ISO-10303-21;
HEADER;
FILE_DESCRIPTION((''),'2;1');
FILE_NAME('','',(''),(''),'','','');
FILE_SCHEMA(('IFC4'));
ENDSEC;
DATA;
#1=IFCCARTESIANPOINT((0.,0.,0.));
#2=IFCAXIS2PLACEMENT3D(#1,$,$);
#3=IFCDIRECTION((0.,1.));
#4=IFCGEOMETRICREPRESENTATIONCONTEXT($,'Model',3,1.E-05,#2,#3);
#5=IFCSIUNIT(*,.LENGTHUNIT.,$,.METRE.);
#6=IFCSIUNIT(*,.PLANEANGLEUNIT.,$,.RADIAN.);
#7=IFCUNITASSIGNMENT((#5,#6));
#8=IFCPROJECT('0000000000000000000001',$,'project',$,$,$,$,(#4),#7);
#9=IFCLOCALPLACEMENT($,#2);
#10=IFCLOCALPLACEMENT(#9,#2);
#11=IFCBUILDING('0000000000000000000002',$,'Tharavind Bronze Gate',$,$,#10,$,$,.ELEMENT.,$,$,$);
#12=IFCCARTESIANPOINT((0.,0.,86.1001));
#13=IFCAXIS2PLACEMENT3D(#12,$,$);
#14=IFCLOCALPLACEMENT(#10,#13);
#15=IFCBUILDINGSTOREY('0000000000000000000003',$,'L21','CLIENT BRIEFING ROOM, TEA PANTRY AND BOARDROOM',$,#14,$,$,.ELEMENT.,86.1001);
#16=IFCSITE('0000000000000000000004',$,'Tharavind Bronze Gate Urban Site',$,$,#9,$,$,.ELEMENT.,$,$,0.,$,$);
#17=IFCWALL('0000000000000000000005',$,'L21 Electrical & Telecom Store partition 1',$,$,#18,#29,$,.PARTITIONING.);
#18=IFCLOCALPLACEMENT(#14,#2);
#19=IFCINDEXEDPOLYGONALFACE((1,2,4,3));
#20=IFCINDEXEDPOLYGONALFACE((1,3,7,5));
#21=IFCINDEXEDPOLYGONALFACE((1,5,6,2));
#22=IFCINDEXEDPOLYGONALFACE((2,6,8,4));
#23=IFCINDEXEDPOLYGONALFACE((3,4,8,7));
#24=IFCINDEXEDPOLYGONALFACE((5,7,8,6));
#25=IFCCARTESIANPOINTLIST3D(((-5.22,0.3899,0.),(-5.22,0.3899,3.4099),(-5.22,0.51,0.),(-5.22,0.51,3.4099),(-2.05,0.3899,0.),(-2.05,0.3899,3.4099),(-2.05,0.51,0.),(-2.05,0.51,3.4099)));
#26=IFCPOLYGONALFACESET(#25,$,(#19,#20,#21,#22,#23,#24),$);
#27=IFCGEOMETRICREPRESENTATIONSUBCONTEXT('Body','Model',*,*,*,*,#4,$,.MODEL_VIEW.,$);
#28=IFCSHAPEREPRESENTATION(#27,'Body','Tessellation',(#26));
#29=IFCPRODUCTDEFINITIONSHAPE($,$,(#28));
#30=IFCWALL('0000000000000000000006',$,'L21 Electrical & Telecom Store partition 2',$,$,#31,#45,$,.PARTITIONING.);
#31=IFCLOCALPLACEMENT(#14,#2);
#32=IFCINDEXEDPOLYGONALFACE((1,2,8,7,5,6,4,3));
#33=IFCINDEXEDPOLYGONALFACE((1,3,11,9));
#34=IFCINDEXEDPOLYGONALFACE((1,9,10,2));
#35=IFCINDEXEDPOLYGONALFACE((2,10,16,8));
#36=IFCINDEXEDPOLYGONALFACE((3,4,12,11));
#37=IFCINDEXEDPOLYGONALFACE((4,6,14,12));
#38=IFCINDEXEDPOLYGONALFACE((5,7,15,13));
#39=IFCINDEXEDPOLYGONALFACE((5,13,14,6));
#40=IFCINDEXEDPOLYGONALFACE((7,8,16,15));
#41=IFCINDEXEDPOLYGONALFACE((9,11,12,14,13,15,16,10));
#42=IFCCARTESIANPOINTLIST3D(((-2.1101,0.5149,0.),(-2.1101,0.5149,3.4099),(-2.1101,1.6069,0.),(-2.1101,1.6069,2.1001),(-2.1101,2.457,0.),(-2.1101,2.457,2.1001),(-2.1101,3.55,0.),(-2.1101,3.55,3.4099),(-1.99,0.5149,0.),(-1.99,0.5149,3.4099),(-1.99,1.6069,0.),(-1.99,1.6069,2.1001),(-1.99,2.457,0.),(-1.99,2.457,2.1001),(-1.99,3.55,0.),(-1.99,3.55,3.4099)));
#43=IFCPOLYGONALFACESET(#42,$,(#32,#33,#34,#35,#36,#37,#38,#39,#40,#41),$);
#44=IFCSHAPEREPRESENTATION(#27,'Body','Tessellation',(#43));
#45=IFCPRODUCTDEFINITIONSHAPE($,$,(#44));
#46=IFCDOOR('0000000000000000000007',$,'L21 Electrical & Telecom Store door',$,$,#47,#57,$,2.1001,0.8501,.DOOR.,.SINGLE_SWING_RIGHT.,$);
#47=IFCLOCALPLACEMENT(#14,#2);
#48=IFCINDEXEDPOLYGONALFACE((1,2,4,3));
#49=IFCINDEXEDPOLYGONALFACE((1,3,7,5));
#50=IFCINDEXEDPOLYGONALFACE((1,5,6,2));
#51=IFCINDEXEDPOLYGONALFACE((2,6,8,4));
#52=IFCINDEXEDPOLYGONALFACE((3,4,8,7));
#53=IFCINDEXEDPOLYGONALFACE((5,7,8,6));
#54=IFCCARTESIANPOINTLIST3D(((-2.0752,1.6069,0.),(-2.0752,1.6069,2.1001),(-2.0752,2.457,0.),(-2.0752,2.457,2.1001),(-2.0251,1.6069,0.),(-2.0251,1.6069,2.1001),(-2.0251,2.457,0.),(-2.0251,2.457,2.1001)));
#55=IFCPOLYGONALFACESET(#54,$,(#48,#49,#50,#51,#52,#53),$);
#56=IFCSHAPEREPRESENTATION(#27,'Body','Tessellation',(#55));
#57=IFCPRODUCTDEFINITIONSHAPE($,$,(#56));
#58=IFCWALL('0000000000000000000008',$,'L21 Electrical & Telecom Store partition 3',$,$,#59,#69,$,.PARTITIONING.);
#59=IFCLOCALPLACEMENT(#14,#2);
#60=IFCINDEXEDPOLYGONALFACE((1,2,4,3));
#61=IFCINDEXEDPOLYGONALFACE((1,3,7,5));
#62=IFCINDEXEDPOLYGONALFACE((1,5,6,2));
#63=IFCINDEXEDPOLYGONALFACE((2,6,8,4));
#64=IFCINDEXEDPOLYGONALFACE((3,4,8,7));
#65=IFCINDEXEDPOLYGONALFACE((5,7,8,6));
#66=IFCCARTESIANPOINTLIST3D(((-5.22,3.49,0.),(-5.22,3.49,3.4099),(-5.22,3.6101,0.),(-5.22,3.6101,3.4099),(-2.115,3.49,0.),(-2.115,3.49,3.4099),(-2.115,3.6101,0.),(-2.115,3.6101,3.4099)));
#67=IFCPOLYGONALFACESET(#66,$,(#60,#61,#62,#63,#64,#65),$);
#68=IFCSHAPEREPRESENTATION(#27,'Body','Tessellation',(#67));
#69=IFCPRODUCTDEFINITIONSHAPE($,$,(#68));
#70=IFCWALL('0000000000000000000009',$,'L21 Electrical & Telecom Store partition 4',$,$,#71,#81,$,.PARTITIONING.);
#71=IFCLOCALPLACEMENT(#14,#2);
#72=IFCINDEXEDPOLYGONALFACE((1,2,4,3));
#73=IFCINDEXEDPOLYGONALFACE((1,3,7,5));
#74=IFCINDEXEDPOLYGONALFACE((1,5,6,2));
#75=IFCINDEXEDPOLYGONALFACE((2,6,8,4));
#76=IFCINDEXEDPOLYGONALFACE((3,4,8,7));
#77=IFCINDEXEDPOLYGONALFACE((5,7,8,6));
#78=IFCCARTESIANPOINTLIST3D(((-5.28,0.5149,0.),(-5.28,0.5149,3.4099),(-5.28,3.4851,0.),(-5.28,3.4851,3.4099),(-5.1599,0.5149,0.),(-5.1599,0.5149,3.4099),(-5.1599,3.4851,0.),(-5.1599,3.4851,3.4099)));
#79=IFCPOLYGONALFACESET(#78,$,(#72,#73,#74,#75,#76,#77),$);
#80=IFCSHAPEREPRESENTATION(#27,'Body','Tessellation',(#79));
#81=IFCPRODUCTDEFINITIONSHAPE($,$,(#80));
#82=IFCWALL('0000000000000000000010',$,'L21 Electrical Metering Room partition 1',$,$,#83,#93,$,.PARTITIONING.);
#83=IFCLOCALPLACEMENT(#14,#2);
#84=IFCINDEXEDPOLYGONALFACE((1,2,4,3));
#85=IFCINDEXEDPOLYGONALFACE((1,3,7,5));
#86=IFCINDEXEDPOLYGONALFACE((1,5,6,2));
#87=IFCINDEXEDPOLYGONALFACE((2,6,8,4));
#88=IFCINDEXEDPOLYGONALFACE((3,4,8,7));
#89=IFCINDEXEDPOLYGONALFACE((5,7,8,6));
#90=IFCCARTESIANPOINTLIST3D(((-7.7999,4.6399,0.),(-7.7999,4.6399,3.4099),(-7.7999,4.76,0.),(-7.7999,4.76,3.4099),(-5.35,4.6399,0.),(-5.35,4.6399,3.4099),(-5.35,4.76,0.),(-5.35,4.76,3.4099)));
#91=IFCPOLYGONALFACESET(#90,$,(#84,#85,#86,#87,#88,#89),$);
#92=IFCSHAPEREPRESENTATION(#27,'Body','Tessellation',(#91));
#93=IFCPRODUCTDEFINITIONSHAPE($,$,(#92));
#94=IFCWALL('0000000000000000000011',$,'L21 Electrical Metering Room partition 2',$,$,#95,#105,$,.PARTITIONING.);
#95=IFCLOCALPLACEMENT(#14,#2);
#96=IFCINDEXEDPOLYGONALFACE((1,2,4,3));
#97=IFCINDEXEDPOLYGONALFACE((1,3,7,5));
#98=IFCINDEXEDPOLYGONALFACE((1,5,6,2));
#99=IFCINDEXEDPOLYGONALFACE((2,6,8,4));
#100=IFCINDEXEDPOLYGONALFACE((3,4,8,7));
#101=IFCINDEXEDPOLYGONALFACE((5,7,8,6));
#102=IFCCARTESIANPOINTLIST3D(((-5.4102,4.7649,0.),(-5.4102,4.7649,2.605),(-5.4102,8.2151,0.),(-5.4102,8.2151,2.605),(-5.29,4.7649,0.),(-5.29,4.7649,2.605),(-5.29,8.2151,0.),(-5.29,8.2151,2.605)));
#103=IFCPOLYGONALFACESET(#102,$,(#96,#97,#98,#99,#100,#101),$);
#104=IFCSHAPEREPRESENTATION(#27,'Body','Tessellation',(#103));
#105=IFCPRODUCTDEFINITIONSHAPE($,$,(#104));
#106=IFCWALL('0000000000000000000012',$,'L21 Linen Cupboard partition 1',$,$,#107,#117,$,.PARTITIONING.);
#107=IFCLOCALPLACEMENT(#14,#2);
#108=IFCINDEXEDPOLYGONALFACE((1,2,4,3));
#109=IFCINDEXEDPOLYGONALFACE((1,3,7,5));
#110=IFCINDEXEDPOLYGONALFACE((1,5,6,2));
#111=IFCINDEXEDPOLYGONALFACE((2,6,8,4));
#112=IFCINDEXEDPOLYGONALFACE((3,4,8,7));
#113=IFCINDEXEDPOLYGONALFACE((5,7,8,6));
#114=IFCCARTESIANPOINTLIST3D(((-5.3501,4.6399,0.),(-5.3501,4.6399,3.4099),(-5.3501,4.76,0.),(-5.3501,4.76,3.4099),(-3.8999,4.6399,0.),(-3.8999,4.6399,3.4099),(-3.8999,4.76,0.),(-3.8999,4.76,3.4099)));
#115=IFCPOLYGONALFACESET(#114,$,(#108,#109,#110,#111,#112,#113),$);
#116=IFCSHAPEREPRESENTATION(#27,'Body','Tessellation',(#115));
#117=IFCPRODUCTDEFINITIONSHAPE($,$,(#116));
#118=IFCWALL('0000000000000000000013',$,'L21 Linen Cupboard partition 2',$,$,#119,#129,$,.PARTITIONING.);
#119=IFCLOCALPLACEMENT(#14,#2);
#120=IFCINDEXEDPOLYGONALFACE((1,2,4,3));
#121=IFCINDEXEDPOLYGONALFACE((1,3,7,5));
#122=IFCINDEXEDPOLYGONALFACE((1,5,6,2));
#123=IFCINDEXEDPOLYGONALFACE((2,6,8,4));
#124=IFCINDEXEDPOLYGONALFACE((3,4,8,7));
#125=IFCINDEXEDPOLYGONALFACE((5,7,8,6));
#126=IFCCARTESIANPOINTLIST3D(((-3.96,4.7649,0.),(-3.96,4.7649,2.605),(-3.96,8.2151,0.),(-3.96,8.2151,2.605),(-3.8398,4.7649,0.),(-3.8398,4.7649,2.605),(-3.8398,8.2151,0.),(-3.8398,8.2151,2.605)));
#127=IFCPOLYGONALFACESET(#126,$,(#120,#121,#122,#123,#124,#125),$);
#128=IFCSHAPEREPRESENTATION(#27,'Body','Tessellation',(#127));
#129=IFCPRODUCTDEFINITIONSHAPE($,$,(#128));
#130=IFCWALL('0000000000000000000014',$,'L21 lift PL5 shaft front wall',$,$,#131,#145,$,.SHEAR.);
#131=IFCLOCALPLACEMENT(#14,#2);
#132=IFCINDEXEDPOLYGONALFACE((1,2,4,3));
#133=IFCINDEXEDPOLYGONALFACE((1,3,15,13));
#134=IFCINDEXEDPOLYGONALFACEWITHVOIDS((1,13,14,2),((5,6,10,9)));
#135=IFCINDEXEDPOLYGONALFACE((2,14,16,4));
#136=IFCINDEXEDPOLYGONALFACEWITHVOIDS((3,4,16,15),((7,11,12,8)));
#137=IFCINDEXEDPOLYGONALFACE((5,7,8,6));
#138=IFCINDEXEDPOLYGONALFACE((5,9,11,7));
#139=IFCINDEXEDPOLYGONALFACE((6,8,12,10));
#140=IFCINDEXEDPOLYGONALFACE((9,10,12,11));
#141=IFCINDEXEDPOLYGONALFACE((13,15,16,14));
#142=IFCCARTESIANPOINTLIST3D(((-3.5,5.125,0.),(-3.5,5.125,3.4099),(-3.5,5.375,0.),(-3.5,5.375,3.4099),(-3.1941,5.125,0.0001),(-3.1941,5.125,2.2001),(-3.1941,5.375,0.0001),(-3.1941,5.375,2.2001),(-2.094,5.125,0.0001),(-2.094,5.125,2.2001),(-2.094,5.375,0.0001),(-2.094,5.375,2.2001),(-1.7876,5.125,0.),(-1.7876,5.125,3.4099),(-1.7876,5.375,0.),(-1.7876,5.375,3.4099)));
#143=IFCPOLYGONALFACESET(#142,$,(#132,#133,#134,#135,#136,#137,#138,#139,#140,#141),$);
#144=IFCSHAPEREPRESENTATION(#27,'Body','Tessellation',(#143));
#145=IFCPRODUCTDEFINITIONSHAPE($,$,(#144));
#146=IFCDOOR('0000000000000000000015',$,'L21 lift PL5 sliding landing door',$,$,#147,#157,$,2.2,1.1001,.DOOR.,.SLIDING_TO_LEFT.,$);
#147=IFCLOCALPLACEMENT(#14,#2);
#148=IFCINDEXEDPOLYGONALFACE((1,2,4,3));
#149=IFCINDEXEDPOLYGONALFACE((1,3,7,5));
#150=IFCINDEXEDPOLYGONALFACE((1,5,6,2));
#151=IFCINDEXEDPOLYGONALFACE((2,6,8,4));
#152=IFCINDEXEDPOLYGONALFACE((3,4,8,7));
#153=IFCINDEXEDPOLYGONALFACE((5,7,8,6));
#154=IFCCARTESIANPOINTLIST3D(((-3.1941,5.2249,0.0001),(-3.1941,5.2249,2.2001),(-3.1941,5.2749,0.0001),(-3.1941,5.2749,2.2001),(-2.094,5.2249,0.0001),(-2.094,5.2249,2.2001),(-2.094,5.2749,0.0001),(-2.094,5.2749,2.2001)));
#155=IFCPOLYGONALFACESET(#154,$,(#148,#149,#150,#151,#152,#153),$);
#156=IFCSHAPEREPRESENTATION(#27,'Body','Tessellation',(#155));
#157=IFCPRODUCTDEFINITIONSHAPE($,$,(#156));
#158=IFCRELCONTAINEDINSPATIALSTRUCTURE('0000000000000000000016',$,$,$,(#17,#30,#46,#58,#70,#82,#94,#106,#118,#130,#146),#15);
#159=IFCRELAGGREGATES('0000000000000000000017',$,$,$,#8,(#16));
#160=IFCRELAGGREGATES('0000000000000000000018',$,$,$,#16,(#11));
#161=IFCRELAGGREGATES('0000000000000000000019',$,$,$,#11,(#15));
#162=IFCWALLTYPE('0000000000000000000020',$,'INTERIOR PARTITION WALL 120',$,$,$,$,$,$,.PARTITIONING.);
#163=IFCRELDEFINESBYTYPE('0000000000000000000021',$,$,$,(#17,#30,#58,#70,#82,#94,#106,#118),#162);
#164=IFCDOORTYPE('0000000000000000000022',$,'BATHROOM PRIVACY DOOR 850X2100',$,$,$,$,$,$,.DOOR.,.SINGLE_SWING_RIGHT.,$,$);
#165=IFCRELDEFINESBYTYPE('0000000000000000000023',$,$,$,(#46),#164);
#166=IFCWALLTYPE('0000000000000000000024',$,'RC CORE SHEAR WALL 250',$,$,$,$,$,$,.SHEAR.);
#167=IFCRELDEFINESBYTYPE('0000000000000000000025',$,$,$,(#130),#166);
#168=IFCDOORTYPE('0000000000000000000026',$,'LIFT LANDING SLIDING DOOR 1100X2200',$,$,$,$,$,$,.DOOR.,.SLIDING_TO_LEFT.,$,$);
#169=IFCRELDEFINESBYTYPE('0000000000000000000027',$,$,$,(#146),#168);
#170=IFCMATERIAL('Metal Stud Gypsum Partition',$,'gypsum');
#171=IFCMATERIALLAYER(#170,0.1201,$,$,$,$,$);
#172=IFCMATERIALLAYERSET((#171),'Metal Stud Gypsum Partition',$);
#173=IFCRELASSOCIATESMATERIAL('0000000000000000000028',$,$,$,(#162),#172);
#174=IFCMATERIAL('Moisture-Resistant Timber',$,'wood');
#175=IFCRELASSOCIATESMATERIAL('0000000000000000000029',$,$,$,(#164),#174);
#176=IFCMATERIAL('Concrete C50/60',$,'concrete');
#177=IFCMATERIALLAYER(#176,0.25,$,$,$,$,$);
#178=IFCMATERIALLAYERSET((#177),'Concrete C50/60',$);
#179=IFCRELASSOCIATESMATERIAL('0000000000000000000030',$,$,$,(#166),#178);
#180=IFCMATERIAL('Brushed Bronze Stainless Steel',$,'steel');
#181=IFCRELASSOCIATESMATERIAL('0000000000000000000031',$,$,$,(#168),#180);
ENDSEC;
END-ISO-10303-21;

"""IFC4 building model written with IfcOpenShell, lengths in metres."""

from ifc_helpers import new_model, si_unit, direction, frame, frame_2d, origin, place, context, subcontext, project, spatial, rectangle, extrude, material, layer, layer_set, type_object, element, fill, save


model = new_model("IFC4")

# Units and contexts
model_context = context("Model", 3, precision=1e-05, world=origin(), true_north=direction((0.0, 1.0)))
body_context = subcontext(model_context, "Body", "Model", "MODEL_VIEW")
ifc_project = project(units=[si_unit("LENGTHUNIT", "METRE"), si_unit("PLANEANGLEUNIT", "RADIAN")], contexts=[model_context])

# Site, building, storey
site_placement = place(None, origin())
site = spatial("IfcSite", under=ifc_project, at=site_placement, Name="Tharavind Bronze Gate Urban Site", CompositionType="ELEMENT", RefElevation=0.0)
building_placement = place(site_placement, origin())
building = spatial("IfcBuilding", under=site, at=building_placement, Name="Tharavind Bronze Gate", CompositionType="ELEMENT")
storey_placement = place(building_placement, frame((0.0, 0.0, 86.1001)))
storey = spatial("IfcBuildingStorey", under=building, at=storey_placement, Name="L21", Description="CLIENT BRIEFING ROOM, TEA PANTRY AND BOARDROOM", CompositionType="ELEMENT", Elevation=86.1001)

# Wall
ifc_material_1 = material(Name="Metal Stud Gypsum Partition", Category="gypsum")
ifc_layer_1 = layer(ifc_material_1, 0.1201)
ifc_layer_set_1 = layer_set([ifc_layer_1], Name="Metal Stud Gypsum Partition")
wall_type_1 = type_object("IfcWallType", Name="INTERIOR PARTITION WALL 120", PredefinedType="PARTITIONING", material=ifc_layer_set_1)
wall_1_placement = place(storey_placement, frame((-5.22, 0.45, 0.0), z_axis=(0.0, 0.0, 1.0), x_axis=(1.0, 0.0, 0.0)))
element("IfcWall", 1, at=wall_1_placement, inside=storey, type_object=wall_type_1, Name="L21 Electrical & Telecom Store partition 1", PredefinedType="PARTITIONING", context=body_context, shape_type="SweptSolid", body=[
    extrude(rectangle(XDim=3.1699, YDim=0.1201, at=frame_2d((1.585, 0.0))), origin(), (0.0, 0.0, 1.0), 3.4099),
])

# Wall, opening, door
wall_2_placement = place(storey_placement, frame((-2.05, 0.5149, 0.0), z_axis=(0.0, 0.0, 1.0), x_axis=(0.0, 1.0, 0.0)))
wall_2 = element("IfcWall", 2, at=wall_2_placement, inside=storey, type_object=wall_type_1, Name="L21 Electrical & Telecom Store partition 2", PredefinedType="PARTITIONING", context=body_context, shape_type="SweptSolid", body=[
    extrude(rectangle(XDim=3.0352, YDim=0.1201, at=frame_2d((1.5176, 0.0))), origin(), (0.0, 0.0, 1.0), 3.4099),
])
opening_1_placement = place(wall_2_placement, frame((1.092, 0.0, 0.0)))
opening_1 = element("IfcOpeningElement", 3, at=opening_1_placement, cuts=wall_2, PredefinedType="OPENING", context=body_context, shape_type="SweptSolid", body=[
    extrude(rectangle(XDim=0.8501, YDim=2.1001, at=frame_2d((0.425, 1.05))), frame((0.0, 0.0701, 0.0), z_axis=(0.0, -1.0, 0.0), x_axis=(1.0, 0.0, 0.0)), (0.0, 0.0, 1.0), 0.1401),
])
ifc_material_2 = material(Name="Moisture-Resistant Timber", Category="wood")
door_type_1 = type_object("IfcDoorType", Name="BATHROOM PRIVACY DOOR 850X2100", OperationType="SINGLE_SWING_RIGHT", PredefinedType="DOOR", material=ifc_material_2)
door_1_placement = place(opening_1_placement, frame((0.8501, 0.0, 0.0), z_axis=(0.0, 0.0, 1.0), x_axis=(-1.0, 0.0, 0.0)))
door_1 = element("IfcDoor", 4, at=door_1_placement, inside=storey, type_object=door_type_1, Name="L21 Electrical & Telecom Store door", OperationType="SINGLE_SWING_RIGHT", OverallHeight=2.1001, OverallWidth=0.8501, PredefinedType="DOOR", context=body_context, shape_type="SweptSolid", body=[
    extrude(rectangle(XDim=0.8501, YDim=2.1001, at=frame_2d((0.425, 1.05))), frame((0.0, 0.0249, 0.0), z_axis=(0.0, -1.0, 0.0), x_axis=(1.0, 0.0, 0.0)), (0.0, 0.0, 1.0), 0.05),
])
fill(opening_1, door_1)

# Walls
wall_3_placement = place(storey_placement, frame((-2.115, 3.55, 0.0), z_axis=(0.0, 0.0, 1.0), x_axis=(-1.0, 0.0, 0.0)))
element("IfcWall", 5, at=wall_3_placement, inside=storey, type_object=wall_type_1, Name="L21 Electrical & Telecom Store partition 3", PredefinedType="PARTITIONING", context=body_context, shape_type="SweptSolid", body=[
    extrude(rectangle(XDim=3.105, YDim=0.1201, at=frame_2d((1.5525, 0.0))), origin(), (0.0, 0.0, 1.0), 3.4099),
])
wall_4_placement = place(storey_placement, frame((-5.22, 3.4851, 0.0), z_axis=(0.0, 0.0, 1.0), x_axis=(0.0, -1.0, 0.0)))
element("IfcWall", 6, at=wall_4_placement, inside=storey, type_object=wall_type_1, Name="L21 Electrical & Telecom Store partition 4", PredefinedType="PARTITIONING", context=body_context, shape_type="SweptSolid", body=[
    extrude(rectangle(XDim=2.9702, YDim=0.1201, at=frame_2d((1.4851, 0.0))), origin(), (0.0, 0.0, 1.0), 3.4099),
])
wall_5_placement = place(storey_placement, frame((-7.8, 4.7, 0.0), z_axis=(0.0, 0.0, 1.0), x_axis=(1.0, 0.0, 0.0)))
element("IfcWall", 7, at=wall_5_placement, inside=storey, type_object=wall_type_1, Name="L21 Electrical Metering Room partition 1", PredefinedType="PARTITIONING", context=body_context, shape_type="SweptSolid", body=[
    extrude(rectangle(XDim=2.45, YDim=0.1201, at=frame_2d((1.2251, 0.0))), origin(), (0.0, 0.0, 1.0), 3.4099),
])
wall_6_placement = place(storey_placement, frame((-5.3501, 4.7649, 0.0), z_axis=(0.0, 0.0, 1.0), x_axis=(0.0, 1.0, 0.0)))
element("IfcWall", 8, at=wall_6_placement, inside=storey, type_object=wall_type_1, Name="L21 Electrical Metering Room partition 2", PredefinedType="PARTITIONING", context=body_context, shape_type="SweptSolid", body=[
    extrude(rectangle(XDim=3.4502, YDim=0.1201, at=frame_2d((1.7251, 0.0))), origin(), (0.0, 0.0, 1.0), 2.605),
])
wall_7_placement = place(storey_placement, frame((-5.3501, 4.7, 0.0), z_axis=(0.0, 0.0, 1.0), x_axis=(1.0, 0.0, 0.0)))
element("IfcWall", 9, at=wall_7_placement, inside=storey, type_object=wall_type_1, Name="L21 Linen Cupboard partition 1", PredefinedType="PARTITIONING", context=body_context, shape_type="SweptSolid", body=[
    extrude(rectangle(XDim=1.4502, YDim=0.1201, at=frame_2d((0.7251, 0.0))), origin(), (0.0, 0.0, 1.0), 3.4099),
])
wall_8_placement = place(storey_placement, frame((-3.8999, 4.7649, 0.0), z_axis=(0.0, 0.0, 1.0), x_axis=(0.0, 1.0, 0.0)))
element("IfcWall", 10, at=wall_8_placement, inside=storey, type_object=wall_type_1, Name="L21 Linen Cupboard partition 2", PredefinedType="PARTITIONING", context=body_context, shape_type="SweptSolid", body=[
    extrude(rectangle(XDim=3.4502, YDim=0.1201, at=frame_2d((1.7251, 0.0))), origin(), (0.0, 0.0, 1.0), 2.605),
])

# Wall, opening, door
ifc_material_3 = material(Name="Concrete C50/60", Category="concrete")
ifc_layer_2 = layer(ifc_material_3, 0.25)
ifc_layer_set_2 = layer_set([ifc_layer_2], Name="Concrete C50/60")
wall_type_2 = type_object("IfcWallType", Name="RC CORE SHEAR WALL 250", PredefinedType="SHEAR", material=ifc_layer_set_2)
wall_9_placement = place(storey_placement, frame((-3.5, 5.25, 0.0), z_axis=(0.0, 0.0, 1.0), x_axis=(1.0, 0.0, 0.0)))
wall_9 = element("IfcWall", 11, at=wall_9_placement, inside=storey, type_object=wall_type_2, Name="L21 lift PL5 shaft front wall", PredefinedType="SHEAR", context=body_context, shape_type="SweptSolid", body=[
    extrude(rectangle(XDim=1.7124, YDim=0.25, at=frame_2d((0.8562, 0.0))), origin(), (0.0, 0.0, 1.0), 3.4099),
])
opening_2_placement = place(wall_9_placement, frame((0.3059, 0.0, 0.0)))
opening_2 = element("IfcOpeningElement", 12, at=opening_2_placement, cuts=wall_9, PredefinedType="OPENING", context=body_context, shape_type="SweptSolid", body=[
    extrude(rectangle(XDim=1.1001, YDim=2.2, at=frame_2d((0.55, 1.1001))), frame((0.0, 0.135, 0.0), z_axis=(0.0, -1.0, 0.0), x_axis=(1.0, 0.0, 0.0)), (0.0, 0.0, 1.0), 0.27),
])
ifc_material_4 = material(Name="Brushed Bronze Stainless Steel", Category="steel")
door_type_2 = type_object("IfcDoorType", Name="LIFT LANDING SLIDING DOOR 1100X2200", OperationType="SLIDING_TO_LEFT", PredefinedType="DOOR", material=ifc_material_4)
door_2_placement = place(opening_2_placement, origin())
door_2 = element("IfcDoor", 13, at=door_2_placement, inside=storey, type_object=door_type_2, Name="L21 lift PL5 sliding landing door", OperationType="SLIDING_TO_LEFT", OverallHeight=2.2, OverallWidth=1.1001, PredefinedType="DOOR", context=body_context, shape_type="SweptSolid", body=[
    extrude(rectangle(XDim=1.1001, YDim=2.2, at=frame_2d((0.55, 1.1001))), frame((0.0, 0.0249, 0.0), z_axis=(0.0, -1.0, 0.0), x_axis=(1.0, 0.0, 0.0)), (0.0, 0.0, 1.0), 0.05),
])
fill(opening_2, door_2)

save(model, "model.ifc")
